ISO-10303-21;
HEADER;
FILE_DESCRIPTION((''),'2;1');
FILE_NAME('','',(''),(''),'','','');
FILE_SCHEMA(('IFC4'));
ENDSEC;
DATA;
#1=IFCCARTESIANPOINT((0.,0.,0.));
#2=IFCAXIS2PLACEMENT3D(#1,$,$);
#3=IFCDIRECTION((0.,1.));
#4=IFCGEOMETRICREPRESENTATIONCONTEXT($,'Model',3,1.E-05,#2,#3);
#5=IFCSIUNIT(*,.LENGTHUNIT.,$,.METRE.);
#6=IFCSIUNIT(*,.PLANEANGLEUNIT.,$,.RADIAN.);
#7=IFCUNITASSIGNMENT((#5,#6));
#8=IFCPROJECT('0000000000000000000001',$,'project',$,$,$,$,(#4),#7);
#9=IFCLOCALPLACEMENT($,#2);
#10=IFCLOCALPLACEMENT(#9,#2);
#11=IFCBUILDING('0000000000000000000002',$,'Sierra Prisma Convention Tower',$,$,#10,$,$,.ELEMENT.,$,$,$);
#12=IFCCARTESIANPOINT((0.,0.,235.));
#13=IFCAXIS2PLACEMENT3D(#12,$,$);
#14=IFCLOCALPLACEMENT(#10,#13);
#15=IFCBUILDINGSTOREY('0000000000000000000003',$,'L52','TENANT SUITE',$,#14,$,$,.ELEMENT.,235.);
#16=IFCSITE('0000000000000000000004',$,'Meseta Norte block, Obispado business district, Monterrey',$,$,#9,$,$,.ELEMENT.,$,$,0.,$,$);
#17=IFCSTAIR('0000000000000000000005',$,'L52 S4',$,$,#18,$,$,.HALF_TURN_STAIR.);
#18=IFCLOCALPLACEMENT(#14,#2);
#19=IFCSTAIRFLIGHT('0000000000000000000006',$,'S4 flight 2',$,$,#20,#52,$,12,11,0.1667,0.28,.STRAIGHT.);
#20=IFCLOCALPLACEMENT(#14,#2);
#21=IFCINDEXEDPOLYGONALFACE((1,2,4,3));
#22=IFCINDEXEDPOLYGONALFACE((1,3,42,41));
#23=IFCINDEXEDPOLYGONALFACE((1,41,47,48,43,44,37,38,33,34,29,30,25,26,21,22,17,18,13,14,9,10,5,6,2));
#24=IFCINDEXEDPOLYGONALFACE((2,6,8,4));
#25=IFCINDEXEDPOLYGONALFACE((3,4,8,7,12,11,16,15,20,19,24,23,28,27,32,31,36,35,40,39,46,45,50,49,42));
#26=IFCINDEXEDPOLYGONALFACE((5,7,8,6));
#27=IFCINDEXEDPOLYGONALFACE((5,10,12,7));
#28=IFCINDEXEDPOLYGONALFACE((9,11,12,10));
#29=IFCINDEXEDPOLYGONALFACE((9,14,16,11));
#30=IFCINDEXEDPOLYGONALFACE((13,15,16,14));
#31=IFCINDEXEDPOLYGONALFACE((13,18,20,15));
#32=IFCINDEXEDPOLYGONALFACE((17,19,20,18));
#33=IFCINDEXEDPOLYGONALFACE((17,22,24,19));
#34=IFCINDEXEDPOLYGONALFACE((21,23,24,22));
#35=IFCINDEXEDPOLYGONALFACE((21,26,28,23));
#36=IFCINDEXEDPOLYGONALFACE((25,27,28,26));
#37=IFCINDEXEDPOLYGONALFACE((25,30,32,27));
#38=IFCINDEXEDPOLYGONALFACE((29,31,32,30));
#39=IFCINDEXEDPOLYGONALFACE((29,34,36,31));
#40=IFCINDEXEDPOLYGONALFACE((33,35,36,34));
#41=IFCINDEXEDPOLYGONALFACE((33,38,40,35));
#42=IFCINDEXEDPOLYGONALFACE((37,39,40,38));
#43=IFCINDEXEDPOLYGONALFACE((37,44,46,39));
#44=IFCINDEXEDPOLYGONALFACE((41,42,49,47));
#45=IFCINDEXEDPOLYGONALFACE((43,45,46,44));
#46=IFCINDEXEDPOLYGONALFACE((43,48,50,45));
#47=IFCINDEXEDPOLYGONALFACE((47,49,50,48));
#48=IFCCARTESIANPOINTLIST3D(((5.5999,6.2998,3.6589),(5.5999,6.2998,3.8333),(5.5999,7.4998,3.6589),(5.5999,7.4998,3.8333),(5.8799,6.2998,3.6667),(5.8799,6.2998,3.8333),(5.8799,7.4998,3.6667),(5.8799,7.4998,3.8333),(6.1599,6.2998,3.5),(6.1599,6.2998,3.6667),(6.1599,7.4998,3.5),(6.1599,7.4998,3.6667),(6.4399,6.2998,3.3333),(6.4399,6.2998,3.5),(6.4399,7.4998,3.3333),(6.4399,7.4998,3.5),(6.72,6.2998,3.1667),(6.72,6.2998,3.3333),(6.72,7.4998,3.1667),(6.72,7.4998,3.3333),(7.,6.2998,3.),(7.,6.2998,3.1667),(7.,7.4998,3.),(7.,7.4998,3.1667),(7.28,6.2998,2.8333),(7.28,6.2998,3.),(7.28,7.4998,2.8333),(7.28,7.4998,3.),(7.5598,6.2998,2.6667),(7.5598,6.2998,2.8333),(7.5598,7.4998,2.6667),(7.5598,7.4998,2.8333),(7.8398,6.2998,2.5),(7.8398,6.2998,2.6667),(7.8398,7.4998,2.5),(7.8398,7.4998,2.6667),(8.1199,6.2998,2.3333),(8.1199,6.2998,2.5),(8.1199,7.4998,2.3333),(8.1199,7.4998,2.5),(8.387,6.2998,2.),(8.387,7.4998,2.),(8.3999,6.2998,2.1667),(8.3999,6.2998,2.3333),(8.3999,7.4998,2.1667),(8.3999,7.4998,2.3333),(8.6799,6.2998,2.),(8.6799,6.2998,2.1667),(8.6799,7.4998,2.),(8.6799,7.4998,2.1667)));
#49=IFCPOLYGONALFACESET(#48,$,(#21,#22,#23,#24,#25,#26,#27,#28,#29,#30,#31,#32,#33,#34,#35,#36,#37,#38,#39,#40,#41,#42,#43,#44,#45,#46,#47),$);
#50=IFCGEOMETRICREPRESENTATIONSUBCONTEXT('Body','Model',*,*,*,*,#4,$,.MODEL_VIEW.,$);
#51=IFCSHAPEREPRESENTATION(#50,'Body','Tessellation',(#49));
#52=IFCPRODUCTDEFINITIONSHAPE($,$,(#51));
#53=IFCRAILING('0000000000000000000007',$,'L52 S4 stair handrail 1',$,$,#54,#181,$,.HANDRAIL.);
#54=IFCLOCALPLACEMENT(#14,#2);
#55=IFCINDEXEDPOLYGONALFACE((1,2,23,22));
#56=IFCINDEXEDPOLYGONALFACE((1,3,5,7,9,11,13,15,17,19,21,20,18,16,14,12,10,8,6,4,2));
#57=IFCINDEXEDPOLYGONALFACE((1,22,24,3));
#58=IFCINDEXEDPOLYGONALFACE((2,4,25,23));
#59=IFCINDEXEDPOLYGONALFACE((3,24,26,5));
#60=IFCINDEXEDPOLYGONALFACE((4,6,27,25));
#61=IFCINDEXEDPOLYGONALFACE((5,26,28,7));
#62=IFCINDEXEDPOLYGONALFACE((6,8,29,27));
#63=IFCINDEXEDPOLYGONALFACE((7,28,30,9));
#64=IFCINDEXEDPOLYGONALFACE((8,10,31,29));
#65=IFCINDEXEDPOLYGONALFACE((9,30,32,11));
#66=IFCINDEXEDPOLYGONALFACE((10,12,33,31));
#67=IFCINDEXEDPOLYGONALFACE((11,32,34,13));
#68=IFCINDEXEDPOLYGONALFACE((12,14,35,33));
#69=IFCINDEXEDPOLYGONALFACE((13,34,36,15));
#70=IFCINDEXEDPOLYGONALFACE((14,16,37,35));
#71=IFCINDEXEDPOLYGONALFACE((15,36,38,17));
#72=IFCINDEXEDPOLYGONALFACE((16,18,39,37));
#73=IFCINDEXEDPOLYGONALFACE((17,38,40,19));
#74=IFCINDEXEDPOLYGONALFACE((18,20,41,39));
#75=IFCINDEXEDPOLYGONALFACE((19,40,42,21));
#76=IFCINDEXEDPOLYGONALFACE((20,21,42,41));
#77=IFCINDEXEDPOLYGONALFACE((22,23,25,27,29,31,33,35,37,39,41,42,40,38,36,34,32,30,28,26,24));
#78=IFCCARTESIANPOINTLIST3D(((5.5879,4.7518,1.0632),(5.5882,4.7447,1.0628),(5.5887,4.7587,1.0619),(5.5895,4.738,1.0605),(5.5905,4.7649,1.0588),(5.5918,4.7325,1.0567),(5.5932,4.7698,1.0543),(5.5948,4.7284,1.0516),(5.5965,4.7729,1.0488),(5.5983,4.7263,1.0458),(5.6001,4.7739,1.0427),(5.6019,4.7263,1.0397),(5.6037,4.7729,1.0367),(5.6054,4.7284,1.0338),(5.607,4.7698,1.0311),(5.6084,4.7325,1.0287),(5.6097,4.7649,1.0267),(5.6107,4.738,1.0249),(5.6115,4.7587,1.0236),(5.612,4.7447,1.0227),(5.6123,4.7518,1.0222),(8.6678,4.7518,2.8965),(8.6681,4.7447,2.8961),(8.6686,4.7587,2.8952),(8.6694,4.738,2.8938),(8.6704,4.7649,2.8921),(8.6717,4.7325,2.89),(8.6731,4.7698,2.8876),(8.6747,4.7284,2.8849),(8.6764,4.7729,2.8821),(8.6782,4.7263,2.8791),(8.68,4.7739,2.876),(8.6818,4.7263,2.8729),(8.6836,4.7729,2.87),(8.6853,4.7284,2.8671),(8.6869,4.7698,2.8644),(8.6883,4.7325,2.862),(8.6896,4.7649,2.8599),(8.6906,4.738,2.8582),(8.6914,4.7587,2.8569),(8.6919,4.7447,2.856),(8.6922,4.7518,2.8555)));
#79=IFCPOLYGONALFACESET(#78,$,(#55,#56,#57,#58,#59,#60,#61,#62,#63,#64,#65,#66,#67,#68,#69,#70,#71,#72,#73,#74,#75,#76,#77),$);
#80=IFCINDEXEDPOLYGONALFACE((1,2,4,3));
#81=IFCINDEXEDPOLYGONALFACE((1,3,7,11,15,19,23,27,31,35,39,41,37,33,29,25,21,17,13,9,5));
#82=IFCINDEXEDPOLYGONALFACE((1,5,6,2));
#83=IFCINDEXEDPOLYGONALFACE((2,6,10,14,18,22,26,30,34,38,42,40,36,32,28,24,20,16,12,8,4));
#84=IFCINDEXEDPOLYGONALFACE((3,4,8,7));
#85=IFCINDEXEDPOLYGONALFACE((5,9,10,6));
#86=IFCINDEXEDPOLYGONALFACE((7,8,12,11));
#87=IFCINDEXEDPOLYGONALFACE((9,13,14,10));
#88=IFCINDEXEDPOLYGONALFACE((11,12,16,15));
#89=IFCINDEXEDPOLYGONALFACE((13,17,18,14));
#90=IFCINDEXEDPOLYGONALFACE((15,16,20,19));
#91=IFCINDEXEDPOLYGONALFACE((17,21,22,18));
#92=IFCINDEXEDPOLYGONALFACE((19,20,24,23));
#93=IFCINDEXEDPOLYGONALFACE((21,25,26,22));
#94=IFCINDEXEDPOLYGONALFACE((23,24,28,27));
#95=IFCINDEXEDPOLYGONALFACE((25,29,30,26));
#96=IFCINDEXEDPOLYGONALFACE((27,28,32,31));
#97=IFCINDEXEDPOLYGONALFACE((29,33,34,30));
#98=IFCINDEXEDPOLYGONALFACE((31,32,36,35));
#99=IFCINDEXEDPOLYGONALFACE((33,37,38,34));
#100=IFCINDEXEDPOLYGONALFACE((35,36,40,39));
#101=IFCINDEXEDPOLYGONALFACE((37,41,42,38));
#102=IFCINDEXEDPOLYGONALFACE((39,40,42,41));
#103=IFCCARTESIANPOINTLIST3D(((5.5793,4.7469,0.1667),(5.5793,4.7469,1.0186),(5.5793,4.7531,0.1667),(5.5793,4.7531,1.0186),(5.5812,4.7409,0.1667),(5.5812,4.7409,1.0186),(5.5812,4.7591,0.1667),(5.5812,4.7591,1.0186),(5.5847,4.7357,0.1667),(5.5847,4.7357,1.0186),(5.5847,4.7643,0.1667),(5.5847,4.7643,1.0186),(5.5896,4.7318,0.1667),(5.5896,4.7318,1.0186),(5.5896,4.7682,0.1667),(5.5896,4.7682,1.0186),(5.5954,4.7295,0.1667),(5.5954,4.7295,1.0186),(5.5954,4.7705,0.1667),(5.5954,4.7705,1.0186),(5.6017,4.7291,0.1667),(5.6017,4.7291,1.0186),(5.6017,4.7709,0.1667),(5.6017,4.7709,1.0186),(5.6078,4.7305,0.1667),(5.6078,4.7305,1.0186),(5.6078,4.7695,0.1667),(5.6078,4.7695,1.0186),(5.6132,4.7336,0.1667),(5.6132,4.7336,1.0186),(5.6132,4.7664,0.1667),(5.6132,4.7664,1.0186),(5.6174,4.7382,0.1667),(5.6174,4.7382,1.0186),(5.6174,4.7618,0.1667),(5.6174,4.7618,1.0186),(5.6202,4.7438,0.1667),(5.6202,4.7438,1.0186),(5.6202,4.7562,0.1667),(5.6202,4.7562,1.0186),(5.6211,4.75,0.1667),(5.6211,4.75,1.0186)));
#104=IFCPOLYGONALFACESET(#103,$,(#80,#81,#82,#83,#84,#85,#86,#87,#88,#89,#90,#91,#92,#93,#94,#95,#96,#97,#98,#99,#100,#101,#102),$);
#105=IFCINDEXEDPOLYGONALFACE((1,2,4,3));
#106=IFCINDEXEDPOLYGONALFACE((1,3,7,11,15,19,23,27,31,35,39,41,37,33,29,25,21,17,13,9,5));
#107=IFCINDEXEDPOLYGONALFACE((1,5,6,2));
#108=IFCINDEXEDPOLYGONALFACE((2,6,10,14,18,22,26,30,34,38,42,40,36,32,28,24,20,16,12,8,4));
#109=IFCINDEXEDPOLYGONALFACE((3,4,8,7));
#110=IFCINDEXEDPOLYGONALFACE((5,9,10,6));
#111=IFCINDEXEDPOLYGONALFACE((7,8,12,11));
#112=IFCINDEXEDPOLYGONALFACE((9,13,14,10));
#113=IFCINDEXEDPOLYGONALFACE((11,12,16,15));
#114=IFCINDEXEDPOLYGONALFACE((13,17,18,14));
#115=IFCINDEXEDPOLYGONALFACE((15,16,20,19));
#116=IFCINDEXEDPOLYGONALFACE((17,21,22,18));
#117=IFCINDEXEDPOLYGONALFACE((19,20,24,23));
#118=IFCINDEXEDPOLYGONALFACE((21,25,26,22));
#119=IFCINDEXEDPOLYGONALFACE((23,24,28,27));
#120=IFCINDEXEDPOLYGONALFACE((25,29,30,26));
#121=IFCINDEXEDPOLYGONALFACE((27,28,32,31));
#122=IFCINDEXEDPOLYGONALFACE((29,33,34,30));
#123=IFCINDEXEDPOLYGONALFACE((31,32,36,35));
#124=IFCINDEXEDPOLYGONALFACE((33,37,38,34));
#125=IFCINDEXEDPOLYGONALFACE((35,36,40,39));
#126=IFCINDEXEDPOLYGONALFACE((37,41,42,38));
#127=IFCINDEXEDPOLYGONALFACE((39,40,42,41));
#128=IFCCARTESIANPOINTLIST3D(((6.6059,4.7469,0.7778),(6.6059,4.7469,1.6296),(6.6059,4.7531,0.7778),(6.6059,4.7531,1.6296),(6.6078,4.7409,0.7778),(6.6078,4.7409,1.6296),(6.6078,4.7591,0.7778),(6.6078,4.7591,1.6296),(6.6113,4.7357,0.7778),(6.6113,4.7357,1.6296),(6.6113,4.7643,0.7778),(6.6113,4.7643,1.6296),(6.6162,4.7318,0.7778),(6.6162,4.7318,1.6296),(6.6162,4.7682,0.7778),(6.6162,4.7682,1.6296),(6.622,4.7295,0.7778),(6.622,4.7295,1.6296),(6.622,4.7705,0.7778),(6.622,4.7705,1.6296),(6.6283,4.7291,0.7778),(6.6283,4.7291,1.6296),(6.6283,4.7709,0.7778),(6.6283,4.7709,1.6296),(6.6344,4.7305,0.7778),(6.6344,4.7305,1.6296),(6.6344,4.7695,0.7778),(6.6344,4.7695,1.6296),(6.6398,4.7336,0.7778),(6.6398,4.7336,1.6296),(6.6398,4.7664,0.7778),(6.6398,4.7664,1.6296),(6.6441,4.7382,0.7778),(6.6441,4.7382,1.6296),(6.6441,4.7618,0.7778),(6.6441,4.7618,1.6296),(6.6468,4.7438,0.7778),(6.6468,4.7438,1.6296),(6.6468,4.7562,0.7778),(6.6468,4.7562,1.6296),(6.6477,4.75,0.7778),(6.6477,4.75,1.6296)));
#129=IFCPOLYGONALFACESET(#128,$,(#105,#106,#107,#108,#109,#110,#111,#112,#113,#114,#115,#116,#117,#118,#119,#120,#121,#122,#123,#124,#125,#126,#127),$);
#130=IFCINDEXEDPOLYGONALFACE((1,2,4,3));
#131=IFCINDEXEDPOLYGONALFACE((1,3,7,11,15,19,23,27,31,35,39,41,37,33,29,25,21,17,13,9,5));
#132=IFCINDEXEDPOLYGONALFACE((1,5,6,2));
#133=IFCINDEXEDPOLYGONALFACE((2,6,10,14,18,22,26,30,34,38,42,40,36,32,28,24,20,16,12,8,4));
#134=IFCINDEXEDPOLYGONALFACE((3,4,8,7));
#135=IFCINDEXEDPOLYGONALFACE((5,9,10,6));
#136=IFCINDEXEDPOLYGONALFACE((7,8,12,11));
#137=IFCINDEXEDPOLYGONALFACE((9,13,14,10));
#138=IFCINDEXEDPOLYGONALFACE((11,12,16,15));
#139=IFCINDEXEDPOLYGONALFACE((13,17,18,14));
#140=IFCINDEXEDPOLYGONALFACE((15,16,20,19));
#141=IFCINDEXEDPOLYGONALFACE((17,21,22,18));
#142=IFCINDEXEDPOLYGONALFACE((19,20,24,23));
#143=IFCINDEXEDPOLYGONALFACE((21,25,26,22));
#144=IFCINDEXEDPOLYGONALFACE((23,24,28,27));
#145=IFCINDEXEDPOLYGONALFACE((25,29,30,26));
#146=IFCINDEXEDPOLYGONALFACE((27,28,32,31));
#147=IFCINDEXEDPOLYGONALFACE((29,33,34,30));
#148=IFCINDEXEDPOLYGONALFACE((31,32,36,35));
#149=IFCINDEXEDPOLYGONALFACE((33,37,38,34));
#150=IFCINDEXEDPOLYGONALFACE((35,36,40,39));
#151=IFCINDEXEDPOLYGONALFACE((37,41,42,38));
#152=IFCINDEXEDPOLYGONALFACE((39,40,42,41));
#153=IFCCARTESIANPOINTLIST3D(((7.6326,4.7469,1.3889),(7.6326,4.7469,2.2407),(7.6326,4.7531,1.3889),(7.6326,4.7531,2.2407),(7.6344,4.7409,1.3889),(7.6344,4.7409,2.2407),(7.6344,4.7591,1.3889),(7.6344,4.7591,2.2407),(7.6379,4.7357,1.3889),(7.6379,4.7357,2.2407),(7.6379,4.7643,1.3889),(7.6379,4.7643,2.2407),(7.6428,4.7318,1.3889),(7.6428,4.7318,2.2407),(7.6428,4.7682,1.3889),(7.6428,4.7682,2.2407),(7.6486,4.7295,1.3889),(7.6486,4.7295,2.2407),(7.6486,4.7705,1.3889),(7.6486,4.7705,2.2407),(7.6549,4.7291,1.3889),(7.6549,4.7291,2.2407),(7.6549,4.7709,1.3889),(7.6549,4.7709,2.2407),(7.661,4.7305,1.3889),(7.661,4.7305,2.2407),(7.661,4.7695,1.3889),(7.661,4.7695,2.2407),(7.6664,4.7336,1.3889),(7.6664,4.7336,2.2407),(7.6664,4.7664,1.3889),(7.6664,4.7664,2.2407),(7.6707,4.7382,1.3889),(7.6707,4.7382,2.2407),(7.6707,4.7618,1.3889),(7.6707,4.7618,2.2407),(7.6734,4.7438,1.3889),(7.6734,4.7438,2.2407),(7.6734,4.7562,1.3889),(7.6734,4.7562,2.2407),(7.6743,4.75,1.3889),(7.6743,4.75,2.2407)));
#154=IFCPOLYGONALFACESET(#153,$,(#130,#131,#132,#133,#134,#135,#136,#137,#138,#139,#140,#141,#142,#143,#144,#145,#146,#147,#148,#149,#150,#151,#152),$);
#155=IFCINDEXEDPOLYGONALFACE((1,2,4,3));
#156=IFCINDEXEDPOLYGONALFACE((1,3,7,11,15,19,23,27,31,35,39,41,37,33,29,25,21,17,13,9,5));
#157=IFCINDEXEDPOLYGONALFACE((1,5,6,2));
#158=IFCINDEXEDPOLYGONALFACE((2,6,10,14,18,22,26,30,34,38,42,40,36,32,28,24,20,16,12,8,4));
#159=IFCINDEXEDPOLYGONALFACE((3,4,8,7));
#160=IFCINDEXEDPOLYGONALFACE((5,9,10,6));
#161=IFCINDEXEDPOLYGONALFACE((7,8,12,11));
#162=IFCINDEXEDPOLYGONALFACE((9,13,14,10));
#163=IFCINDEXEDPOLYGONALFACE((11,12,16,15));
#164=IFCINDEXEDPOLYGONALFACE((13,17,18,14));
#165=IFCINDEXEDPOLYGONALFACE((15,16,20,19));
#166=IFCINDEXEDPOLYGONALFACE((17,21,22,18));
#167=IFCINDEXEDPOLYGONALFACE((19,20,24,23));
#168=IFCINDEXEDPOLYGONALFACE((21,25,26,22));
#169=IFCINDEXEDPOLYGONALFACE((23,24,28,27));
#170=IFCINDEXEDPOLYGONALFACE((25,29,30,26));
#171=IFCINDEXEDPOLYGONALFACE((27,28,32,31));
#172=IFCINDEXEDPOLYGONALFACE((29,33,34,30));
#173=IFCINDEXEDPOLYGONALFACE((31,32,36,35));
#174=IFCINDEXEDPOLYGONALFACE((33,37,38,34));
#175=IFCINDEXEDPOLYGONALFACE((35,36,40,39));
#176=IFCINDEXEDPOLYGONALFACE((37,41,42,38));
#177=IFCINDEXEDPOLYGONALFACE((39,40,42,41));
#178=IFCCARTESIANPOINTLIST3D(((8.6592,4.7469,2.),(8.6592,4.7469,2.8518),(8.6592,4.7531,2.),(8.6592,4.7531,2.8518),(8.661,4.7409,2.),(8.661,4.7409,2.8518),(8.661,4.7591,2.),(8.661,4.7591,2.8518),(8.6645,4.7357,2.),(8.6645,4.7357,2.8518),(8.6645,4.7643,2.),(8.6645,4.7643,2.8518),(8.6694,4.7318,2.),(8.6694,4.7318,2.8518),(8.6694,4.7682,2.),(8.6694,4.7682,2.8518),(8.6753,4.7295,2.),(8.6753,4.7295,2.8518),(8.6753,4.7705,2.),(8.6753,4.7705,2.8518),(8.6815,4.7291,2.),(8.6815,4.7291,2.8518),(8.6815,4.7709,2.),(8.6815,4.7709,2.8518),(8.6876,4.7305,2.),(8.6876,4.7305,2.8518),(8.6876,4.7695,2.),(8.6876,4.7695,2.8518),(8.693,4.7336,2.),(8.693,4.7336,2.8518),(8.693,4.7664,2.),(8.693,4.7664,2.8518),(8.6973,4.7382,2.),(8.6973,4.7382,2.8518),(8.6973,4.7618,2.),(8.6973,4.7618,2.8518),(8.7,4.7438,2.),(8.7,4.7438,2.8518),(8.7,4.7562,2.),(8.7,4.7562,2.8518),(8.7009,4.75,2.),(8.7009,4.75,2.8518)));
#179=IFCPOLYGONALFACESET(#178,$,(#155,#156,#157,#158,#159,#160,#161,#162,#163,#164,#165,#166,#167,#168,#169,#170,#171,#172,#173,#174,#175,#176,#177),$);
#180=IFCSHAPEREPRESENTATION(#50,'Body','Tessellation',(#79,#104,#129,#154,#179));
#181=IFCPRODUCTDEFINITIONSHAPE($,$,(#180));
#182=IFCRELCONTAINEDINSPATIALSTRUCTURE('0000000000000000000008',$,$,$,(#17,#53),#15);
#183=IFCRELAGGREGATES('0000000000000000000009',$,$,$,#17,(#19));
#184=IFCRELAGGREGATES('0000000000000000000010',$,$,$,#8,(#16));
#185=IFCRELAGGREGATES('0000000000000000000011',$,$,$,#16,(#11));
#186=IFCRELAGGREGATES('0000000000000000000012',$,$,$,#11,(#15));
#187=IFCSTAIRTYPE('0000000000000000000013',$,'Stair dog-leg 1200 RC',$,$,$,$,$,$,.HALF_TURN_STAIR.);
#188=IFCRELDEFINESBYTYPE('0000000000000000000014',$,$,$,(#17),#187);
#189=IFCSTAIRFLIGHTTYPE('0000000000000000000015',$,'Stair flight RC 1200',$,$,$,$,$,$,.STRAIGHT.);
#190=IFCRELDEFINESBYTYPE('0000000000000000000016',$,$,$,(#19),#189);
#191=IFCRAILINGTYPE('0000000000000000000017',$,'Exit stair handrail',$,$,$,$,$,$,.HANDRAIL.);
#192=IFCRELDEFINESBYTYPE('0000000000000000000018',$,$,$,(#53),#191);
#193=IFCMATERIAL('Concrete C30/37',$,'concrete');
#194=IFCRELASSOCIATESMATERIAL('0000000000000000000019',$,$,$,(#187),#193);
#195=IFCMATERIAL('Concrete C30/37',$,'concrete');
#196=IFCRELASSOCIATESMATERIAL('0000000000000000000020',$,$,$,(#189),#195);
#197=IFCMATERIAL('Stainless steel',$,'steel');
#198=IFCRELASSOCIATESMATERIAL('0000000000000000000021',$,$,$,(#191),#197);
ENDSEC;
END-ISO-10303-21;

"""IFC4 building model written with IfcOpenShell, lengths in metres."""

from ifc_helpers import new_model, si_unit, direction, frame, origin, origin_2d, place, context, subcontext, project, spatial, polyline, circle, outline, extrude, material, type_object, element, aggregate, save


model = new_model("IFC4")

# Units and contexts
model_context = context("Model", 3, precision=1e-05, world=origin(), true_north=direction((0.0, 1.0)))
body_context = subcontext(model_context, "Body", "Model", "MODEL_VIEW")
ifc_project = project(units=[si_unit("LENGTHUNIT", "METRE"), si_unit("PLANEANGLEUNIT", "RADIAN")], contexts=[model_context])

# Site, building, storey
site_placement = place(None, origin())
site = spatial("IfcSite", under=ifc_project, at=site_placement, Name="Meseta Norte block, Obispado business district, Monterrey", CompositionType="ELEMENT", RefElevation=0.0)
building_placement = place(site_placement, origin())
building = spatial("IfcBuilding", under=site, at=building_placement, Name="Sierra Prisma Convention Tower", CompositionType="ELEMENT")
storey_placement = place(building_placement, frame((0.0, 0.0, 235.0)))
storey = spatial("IfcBuildingStorey", under=building, at=storey_placement, Name="L52", Description="TENANT SUITE", CompositionType="ELEMENT", Elevation=235.0)

# Stair, stair flight
ifc_material_1 = material(Name="Concrete C30/37", Category="concrete")
stair_type = type_object("IfcStairType", Name="Stair dog-leg 1200 RC", PredefinedType="HALF_TURN_STAIR", material=ifc_material_1)
stair_placement = place(storey_placement, origin())
stair = element("IfcStair", 1, at=stair_placement, inside=storey, type_object=stair_type, Name="L52 S4", PredefinedType="HALF_TURN_STAIR")
ifc_material_2 = material(Name="Concrete C30/37", Category="concrete")
stair_flight_type = type_object("IfcStairFlightType", Name="Stair flight RC 1200", PredefinedType="STRAIGHT", material=ifc_material_2)
stair_flight_1_placement = place(storey_placement, frame((8.6799, 6.8999, 2.0), z_axis=(0.0, 0.0, 1.0), x_axis=(-1.0, 0.0, 0.0)))
stair_flight_1 = element("IfcStairFlight", 2, at=stair_flight_1_placement, type_object=stair_flight_type, Name="S4 flight 2", NumberOfRisers=12, NumberOfTreads=11, PredefinedType="STRAIGHT", RiserHeight=0.1667, TreadLength=0.28, context=body_context, shape_type="SweptSolid", body=[
    extrude(outline(polyline([(0.0, 0.0), (0.0, 0.1667), (0.28, 0.1667), (0.28, 0.3333), (0.5601, 0.3333), (0.5601, 0.5), (0.8401, 0.5), (0.8401, 0.6667), (1.1201, 0.6667), (1.1201, 0.8333), (1.3999, 0.8333), (1.3999, 1.0), (1.6799, 1.0), (1.6799, 1.1667), (1.96, 1.1667), (1.96, 1.3333), (2.24, 1.3333), (2.24, 1.5), (2.52, 1.5), (2.52, 1.6667), (2.8, 1.6667), (2.8, 1.8333), (3.0801, 1.8333), (3.0801, 2.0), (3.0801, 1.6589), (0.293, 0.0), (0.0, 0.0)])), frame((0.0, 0.6001, 0.0), z_axis=(0.0, -1.0, 0.0), x_axis=(1.0, 0.0, 0.0)), (0.0, 0.0, 1.0), 1.2),
])
aggregate(stair, [stair_flight_1])

# Railing
ifc_material_3 = material(Name="Stainless steel", Category="steel")
railing_type_1 = type_object("IfcRailingType", Name="Exit stair handrail", PredefinedType="HANDRAIL", material=ifc_material_3)
railing_1_placement = place(storey_placement, frame((5.6001, 4.75, 0.1667)))
element("IfcRailing", 3, at=railing_1_placement, inside=storey, type_object=railing_type_1, Name="L52 S4 stair handrail 1", PredefinedType="HANDRAIL", context=body_context, shape_type="SweptSolid", body=[
    extrude(circle(Radius=0.0239, at=origin_2d()), frame((0.0, 0.0, 0.876), z_axis=(0.859291, 0.0, 0.511487), x_axis=(0.0, 1.0, 0.0)), (0.0, 0.0, 1.0), 3.5842),
    extrude(circle(Radius=0.021, at=origin_2d()), origin(), (0.0, 0.0, 1.0), 0.8518),
    extrude(circle(Radius=0.021, at=origin_2d()), frame((1.0266, 0.0, 0.6111)), (0.0, 0.0, 1.0), 0.8518),
    extrude(circle(Radius=0.021, at=origin_2d()), frame((2.0532, 0.0, 1.2222)), (0.0, 0.0, 1.0), 0.8518),
    extrude(circle(Radius=0.021, at=origin_2d()), frame((3.0798, 0.0, 1.8333)), (0.0, 0.0, 1.0), 0.8518),
])

save(model, "model.ifc")
